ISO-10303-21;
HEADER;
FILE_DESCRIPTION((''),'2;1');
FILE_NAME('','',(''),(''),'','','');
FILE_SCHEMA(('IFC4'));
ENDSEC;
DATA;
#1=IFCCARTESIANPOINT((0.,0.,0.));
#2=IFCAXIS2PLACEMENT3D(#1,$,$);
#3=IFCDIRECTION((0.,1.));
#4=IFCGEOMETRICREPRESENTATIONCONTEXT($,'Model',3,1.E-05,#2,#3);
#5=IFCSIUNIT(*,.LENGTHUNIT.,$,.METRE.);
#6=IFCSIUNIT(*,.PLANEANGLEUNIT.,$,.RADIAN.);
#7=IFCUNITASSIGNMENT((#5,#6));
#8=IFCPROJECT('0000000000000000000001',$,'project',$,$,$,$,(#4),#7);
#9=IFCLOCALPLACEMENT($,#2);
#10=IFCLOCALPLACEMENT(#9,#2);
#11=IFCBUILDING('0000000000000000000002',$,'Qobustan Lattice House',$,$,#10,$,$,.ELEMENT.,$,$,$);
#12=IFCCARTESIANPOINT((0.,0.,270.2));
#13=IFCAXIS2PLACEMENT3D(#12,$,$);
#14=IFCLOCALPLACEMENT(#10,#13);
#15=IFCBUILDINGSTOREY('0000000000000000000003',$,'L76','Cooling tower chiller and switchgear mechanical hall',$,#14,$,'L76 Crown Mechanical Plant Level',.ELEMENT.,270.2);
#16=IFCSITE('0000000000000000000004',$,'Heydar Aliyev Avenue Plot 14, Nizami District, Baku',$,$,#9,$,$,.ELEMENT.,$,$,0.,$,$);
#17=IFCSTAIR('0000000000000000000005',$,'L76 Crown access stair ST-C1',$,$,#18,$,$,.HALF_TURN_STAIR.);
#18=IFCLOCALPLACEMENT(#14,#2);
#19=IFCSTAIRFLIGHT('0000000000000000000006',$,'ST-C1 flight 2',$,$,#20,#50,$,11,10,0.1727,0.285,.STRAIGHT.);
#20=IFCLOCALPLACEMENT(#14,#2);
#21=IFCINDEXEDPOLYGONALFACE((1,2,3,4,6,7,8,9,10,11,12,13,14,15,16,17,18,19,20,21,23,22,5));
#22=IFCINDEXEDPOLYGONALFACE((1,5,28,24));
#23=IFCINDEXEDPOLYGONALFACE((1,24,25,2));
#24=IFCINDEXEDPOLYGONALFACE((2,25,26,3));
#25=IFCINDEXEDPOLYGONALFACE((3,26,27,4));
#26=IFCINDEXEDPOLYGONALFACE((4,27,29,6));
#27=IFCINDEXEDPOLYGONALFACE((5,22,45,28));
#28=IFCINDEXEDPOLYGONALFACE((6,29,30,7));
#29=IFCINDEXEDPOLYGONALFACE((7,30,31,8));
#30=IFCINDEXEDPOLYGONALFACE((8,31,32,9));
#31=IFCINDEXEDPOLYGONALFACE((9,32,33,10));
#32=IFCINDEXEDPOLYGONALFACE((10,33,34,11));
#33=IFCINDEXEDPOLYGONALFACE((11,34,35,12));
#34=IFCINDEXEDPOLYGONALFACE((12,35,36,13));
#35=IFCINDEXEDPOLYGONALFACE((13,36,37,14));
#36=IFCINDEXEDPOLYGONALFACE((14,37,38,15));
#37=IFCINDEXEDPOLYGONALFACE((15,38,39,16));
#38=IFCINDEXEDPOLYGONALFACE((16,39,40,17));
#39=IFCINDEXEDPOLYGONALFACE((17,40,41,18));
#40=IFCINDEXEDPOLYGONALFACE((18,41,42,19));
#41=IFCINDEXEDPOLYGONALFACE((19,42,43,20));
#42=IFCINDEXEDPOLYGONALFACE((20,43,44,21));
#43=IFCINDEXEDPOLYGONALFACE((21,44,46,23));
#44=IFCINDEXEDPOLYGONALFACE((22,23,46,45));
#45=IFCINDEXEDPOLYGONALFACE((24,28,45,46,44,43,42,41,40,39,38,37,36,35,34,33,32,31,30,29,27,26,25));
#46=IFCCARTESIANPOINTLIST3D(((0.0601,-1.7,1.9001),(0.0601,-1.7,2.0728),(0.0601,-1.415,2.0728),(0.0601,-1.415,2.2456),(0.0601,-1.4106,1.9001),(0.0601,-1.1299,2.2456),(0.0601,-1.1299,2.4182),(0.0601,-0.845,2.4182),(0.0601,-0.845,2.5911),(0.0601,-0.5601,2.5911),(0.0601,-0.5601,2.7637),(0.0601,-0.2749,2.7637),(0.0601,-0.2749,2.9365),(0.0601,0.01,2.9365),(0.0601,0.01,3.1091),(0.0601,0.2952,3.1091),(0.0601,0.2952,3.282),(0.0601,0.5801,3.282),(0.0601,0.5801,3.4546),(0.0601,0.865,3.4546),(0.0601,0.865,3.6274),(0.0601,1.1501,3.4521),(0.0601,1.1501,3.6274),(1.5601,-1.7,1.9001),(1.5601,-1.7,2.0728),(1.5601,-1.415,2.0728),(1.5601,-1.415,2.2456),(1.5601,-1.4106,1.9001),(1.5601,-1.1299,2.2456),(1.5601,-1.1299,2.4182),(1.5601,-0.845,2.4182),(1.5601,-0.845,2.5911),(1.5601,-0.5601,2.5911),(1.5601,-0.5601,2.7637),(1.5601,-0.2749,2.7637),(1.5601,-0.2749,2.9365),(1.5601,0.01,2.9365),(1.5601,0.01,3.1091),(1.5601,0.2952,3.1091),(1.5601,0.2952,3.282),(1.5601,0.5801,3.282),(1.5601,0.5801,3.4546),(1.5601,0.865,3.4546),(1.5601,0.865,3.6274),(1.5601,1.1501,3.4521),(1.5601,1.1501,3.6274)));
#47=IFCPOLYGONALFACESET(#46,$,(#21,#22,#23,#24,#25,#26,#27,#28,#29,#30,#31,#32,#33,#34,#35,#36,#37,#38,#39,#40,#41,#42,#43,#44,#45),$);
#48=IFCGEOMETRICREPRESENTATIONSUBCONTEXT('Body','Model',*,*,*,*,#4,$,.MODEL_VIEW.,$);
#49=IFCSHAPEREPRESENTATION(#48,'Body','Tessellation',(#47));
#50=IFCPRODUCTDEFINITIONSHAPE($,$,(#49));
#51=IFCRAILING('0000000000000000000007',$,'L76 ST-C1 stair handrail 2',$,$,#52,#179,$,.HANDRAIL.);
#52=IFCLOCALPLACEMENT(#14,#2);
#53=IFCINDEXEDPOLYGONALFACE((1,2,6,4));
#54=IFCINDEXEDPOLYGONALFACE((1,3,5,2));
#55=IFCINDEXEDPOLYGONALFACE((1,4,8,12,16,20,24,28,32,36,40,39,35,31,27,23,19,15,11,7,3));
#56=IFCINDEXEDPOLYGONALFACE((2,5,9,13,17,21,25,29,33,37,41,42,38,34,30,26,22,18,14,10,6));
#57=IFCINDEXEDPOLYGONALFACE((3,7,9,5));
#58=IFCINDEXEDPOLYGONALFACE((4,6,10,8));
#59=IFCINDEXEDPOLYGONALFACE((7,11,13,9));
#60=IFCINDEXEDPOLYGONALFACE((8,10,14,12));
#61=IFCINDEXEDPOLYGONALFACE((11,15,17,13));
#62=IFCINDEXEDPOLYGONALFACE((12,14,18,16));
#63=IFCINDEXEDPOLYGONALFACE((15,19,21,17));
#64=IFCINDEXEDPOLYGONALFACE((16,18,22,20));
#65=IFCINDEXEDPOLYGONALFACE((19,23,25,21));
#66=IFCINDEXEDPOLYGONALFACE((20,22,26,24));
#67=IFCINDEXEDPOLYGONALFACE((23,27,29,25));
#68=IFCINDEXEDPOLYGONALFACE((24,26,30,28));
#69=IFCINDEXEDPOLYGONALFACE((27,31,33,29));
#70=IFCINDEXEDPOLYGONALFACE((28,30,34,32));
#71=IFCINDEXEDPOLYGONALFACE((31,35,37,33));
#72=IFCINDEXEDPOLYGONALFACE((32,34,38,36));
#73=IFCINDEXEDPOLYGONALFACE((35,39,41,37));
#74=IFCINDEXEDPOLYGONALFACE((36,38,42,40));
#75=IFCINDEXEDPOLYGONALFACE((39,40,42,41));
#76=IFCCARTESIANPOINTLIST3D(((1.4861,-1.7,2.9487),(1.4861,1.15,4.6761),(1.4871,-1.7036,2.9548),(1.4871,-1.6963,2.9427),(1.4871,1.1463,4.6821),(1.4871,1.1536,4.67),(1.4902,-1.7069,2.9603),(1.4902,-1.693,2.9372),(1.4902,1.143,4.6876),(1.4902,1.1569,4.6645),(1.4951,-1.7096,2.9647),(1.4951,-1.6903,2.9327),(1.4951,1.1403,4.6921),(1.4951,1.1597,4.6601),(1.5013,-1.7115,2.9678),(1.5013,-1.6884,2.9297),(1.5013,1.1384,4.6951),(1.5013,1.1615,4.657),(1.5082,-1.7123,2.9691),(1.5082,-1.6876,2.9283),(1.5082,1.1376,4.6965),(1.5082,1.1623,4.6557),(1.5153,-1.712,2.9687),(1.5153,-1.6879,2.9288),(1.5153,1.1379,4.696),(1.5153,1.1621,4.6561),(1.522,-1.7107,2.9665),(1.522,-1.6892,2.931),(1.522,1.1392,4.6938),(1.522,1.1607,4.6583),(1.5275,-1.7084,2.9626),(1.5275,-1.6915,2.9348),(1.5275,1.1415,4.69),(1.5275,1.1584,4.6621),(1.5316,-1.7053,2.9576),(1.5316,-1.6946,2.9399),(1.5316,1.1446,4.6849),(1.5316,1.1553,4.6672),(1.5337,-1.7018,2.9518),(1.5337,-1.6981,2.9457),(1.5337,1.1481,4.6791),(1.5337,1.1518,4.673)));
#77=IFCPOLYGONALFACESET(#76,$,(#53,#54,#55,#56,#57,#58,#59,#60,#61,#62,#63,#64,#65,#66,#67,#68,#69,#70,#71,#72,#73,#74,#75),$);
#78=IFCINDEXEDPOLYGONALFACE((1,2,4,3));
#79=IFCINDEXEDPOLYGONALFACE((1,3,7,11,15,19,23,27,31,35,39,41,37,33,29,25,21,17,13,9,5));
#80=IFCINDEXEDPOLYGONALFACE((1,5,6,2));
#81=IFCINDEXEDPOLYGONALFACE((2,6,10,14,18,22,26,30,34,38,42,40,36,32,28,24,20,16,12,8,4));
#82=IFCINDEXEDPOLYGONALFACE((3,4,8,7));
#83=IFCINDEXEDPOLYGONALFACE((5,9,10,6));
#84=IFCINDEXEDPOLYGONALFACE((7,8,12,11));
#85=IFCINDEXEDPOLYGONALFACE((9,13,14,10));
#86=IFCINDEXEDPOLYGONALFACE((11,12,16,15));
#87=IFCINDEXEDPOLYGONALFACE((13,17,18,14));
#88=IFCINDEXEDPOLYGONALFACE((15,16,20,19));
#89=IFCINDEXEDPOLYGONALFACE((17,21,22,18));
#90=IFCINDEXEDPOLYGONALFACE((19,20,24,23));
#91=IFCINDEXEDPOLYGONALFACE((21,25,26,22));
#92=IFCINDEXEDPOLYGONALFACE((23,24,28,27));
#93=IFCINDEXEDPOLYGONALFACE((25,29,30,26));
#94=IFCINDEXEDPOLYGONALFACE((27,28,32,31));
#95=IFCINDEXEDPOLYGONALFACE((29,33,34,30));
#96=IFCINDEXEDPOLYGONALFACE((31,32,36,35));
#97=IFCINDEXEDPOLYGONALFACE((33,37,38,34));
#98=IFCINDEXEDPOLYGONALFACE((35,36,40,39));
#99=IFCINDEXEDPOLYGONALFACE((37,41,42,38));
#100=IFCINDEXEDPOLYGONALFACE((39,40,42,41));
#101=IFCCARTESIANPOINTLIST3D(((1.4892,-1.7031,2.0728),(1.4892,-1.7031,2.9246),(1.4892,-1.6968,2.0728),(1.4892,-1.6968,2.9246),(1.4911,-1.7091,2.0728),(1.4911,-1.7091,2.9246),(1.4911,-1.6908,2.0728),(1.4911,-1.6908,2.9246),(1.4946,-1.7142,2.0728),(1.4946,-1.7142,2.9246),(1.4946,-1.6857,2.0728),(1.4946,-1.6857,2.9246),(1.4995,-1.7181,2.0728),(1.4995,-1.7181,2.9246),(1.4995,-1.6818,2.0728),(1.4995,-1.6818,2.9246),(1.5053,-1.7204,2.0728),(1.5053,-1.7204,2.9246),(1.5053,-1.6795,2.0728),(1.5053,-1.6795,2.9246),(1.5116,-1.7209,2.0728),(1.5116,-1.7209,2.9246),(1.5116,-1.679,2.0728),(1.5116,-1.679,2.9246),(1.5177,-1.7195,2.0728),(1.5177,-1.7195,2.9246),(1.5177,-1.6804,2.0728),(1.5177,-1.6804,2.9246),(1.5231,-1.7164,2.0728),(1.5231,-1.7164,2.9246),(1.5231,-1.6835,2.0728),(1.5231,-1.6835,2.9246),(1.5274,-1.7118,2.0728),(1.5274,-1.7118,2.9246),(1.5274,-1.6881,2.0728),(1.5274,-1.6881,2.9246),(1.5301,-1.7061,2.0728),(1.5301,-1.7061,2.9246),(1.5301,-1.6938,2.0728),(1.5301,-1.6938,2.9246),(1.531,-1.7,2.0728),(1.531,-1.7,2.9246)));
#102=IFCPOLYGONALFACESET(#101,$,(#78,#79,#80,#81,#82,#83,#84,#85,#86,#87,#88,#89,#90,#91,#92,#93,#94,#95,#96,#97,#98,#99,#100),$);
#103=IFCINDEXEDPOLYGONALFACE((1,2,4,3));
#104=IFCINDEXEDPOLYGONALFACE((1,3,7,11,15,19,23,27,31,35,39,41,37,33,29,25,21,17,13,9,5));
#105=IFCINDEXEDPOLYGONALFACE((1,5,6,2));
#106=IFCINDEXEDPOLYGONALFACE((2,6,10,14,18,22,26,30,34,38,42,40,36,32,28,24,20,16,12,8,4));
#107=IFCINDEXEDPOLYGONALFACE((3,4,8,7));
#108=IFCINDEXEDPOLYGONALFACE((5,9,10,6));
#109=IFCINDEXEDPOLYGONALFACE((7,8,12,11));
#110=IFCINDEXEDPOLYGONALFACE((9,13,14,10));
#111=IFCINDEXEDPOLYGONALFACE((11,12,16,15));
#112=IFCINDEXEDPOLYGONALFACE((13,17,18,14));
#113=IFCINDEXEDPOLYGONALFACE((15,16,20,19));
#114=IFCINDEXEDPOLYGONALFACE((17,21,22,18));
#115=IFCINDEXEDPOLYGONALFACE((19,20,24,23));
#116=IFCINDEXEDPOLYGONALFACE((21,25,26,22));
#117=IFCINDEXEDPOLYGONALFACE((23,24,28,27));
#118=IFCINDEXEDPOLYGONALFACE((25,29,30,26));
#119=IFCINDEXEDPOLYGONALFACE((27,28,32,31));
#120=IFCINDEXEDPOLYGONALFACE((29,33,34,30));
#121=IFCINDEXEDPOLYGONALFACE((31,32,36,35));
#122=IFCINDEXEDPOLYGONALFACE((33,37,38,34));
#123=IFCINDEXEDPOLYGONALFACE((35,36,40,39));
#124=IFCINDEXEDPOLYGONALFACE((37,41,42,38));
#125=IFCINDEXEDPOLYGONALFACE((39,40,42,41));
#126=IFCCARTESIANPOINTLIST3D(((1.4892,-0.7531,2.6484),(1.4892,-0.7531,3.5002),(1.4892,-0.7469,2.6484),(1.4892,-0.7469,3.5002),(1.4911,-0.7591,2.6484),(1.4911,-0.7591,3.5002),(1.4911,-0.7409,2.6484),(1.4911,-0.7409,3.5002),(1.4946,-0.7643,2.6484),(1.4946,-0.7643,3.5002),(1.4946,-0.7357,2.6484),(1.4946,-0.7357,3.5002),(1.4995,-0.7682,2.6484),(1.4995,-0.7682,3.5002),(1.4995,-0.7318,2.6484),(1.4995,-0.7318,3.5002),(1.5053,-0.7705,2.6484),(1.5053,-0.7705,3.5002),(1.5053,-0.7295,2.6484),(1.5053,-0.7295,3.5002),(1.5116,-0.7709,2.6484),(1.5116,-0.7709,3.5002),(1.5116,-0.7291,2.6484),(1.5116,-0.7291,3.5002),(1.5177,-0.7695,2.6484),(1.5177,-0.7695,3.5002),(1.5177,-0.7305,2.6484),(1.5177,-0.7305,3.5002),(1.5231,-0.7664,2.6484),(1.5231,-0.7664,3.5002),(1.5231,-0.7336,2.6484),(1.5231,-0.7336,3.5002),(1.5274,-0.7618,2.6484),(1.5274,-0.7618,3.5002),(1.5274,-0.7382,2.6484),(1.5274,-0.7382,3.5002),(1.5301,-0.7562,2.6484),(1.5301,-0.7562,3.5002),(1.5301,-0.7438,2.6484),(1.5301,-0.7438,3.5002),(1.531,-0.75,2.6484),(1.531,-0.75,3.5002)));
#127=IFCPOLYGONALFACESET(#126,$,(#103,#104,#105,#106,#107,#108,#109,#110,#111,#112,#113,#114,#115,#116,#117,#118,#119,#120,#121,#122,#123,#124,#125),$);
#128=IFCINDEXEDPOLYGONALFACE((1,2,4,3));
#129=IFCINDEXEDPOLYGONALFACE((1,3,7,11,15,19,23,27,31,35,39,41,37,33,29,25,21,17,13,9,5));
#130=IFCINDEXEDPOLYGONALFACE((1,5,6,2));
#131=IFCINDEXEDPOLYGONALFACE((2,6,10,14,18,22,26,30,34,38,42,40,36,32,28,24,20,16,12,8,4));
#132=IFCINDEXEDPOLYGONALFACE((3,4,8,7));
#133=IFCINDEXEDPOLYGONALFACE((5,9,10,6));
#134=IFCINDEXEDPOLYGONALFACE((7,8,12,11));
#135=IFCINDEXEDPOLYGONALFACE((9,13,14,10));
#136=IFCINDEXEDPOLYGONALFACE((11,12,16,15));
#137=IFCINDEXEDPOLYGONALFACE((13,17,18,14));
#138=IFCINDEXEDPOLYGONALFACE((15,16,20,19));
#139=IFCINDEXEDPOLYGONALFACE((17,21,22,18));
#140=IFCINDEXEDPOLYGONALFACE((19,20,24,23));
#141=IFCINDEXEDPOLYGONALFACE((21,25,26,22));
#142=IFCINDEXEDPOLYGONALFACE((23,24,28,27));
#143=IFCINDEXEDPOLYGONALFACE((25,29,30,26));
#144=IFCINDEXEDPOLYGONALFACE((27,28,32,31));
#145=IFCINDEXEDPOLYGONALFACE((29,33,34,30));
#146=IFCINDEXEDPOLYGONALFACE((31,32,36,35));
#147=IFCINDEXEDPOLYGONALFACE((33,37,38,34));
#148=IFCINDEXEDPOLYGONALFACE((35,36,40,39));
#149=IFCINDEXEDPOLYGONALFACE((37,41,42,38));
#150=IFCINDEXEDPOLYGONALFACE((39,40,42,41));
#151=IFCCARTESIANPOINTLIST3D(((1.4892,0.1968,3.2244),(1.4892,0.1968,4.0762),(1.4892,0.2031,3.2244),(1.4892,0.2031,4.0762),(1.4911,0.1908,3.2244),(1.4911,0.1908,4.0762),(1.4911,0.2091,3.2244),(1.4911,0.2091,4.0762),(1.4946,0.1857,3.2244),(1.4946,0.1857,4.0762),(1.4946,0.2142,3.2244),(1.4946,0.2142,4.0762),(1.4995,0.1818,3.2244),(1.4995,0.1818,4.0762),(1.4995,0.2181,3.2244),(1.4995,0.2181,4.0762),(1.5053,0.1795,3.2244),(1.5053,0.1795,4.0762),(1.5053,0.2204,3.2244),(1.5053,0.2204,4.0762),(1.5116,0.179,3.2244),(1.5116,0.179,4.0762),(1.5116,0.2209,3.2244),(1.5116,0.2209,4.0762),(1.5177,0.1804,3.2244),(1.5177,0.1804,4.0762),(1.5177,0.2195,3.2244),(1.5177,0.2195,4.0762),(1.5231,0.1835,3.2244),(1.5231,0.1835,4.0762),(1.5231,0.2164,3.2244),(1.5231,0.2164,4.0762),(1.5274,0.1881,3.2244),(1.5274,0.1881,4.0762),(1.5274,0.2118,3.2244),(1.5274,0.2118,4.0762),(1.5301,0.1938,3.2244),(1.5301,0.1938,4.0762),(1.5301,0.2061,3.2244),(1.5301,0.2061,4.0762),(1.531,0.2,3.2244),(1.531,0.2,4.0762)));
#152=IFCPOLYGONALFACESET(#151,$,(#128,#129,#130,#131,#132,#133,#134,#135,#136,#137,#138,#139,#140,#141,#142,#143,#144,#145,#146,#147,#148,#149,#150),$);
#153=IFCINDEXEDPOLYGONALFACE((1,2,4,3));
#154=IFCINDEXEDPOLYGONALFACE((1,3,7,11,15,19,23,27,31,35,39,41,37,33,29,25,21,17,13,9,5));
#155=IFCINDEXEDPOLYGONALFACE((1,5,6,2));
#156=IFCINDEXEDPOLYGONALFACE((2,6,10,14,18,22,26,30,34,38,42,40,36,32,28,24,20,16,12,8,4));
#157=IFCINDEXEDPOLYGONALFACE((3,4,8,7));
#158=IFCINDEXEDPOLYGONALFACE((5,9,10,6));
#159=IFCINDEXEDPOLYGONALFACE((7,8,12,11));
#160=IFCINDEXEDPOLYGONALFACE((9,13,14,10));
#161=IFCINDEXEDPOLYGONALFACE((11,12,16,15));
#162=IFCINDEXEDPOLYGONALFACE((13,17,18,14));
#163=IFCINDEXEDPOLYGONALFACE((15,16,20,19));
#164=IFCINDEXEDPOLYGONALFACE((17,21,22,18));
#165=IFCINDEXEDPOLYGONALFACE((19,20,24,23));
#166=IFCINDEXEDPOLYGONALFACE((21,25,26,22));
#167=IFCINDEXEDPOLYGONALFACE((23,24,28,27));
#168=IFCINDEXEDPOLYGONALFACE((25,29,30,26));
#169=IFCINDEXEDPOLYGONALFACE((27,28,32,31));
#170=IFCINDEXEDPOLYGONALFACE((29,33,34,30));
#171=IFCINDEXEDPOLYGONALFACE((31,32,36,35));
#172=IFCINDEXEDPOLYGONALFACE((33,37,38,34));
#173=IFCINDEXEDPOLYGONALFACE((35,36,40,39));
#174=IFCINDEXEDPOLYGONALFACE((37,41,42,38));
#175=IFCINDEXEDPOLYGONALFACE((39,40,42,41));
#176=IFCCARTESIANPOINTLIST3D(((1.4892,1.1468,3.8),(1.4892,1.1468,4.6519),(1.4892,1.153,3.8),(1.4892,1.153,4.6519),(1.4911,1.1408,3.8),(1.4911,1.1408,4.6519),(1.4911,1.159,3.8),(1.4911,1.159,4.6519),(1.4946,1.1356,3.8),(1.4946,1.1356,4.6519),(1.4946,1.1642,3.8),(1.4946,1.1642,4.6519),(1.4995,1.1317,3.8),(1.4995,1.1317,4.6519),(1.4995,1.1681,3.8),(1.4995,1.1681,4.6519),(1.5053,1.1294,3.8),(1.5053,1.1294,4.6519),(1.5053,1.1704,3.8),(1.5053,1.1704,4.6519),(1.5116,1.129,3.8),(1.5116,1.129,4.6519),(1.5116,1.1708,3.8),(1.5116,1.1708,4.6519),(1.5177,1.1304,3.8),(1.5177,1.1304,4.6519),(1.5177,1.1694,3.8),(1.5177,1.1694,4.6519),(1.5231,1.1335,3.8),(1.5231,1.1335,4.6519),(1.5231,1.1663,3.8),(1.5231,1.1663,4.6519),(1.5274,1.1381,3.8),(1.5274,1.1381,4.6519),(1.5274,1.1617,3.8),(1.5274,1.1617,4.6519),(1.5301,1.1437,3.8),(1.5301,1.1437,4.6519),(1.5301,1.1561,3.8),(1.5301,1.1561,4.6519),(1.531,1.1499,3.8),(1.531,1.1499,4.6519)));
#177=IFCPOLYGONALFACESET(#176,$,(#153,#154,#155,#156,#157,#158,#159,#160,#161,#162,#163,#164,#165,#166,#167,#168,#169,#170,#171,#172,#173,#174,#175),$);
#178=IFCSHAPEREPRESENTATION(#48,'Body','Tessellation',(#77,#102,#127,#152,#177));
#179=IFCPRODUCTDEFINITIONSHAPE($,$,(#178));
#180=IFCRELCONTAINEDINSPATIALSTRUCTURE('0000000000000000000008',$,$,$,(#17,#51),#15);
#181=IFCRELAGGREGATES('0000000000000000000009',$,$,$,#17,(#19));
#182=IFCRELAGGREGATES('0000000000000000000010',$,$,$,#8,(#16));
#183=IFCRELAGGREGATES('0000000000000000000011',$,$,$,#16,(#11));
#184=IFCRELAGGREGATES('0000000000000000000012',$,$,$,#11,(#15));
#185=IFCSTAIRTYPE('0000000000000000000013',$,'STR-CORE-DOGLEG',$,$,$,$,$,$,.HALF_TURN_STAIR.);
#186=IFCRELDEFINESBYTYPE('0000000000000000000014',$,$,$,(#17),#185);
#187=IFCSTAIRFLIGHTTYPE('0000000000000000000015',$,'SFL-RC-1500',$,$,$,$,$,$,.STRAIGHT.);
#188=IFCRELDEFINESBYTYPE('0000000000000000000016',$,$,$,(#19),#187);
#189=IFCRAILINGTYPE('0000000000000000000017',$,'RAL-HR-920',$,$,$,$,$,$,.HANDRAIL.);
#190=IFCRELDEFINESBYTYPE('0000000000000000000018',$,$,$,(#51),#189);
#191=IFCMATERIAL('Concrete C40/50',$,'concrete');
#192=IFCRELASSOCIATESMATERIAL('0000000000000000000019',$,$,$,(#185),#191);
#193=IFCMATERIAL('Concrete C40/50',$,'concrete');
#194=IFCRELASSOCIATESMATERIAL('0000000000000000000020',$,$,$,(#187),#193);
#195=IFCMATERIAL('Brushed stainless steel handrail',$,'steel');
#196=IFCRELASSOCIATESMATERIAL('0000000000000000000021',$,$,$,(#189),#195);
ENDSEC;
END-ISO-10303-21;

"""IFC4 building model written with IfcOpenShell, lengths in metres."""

from ifc_helpers import new_model, si_unit, direction, frame, origin, origin_2d, place, context, subcontext, project, spatial, polyline, circle, outline, extrude, material, type_object, element, aggregate, save


model = new_model("IFC4")

# Units and contexts
model_context = context("Model", 3, precision=1e-05, world=origin(), true_north=direction((0.0, 1.0)))
body_context = subcontext(model_context, "Body", "Model", "MODEL_VIEW")
ifc_project = project(units=[si_unit("LENGTHUNIT", "METRE"), si_unit("PLANEANGLEUNIT", "RADIAN")], contexts=[model_context])

# Site, building, storey
site_placement = place(None, origin())
site = spatial("IfcSite", under=ifc_project, at=site_placement, Name="Heydar Aliyev Avenue Plot 14, Nizami District, Baku", CompositionType="ELEMENT", RefElevation=0.0)
building_placement = place(site_placement, origin())
building = spatial("IfcBuilding", under=site, at=building_placement, Name="Qobustan Lattice House", CompositionType="ELEMENT")
storey_placement = place(building_placement, frame((0.0, 0.0, 270.2)))
storey = spatial("IfcBuildingStorey", under=building, at=storey_placement, Name="L76", Description="Cooling tower chiller and switchgear mechanical hall", LongName="L76 Crown Mechanical Plant Level", CompositionType="ELEMENT", Elevation=270.2)

# Stair, stair flight
ifc_material_1 = material(Name="Concrete C40/50", Category="concrete")
stair_type = type_object("IfcStairType", Name="STR-CORE-DOGLEG", PredefinedType="HALF_TURN_STAIR", material=ifc_material_1)
stair_placement = place(storey_placement, origin())
stair = element("IfcStair", 1, at=stair_placement, inside=storey, type_object=stair_type, Name="L76 Crown access stair ST-C1", PredefinedType="HALF_TURN_STAIR")
ifc_material_2 = material(Name="Concrete C40/50", Category="concrete")
stair_flight_type = type_object("IfcStairFlightType", Name="SFL-RC-1500", PredefinedType="STRAIGHT", material=ifc_material_2)
stair_flight_placement = place(storey_placement, frame((0.8101, -1.7, 1.9001), z_axis=(0.0, 0.0, 1.0), x_axis=(0.0, 1.0, 0.0)))
stair_flight = element("IfcStairFlight", 2, at=stair_flight_placement, type_object=stair_flight_type, Name="ST-C1 flight 2", NumberOfRisers=11, NumberOfTreads=10, PredefinedType="STRAIGHT", RiserHeight=0.1727, TreadLength=0.285, context=body_context, shape_type="SweptSolid", body=[
    extrude(outline(polyline([(0.0, 0.0), (0.0, 0.1726), (0.2849, 0.1726), (0.2849, 0.3455), (0.5701, 0.3455), (0.5701, 0.5181), (0.855, 0.5181), (0.855, 0.6909), (1.1399, 0.6909), (1.1399, 0.8635), (1.425, 0.8635), (1.425, 1.0364), (1.71, 1.0364), (1.71, 1.209), (1.9951, 1.209), (1.9951, 1.3818), (2.28, 1.3818), (2.28, 1.5544), (2.5649, 1.5544), (2.5649, 1.7273), (2.8501, 1.7273), (2.8501, 1.8999), (2.8501, 1.552), (0.2893, 0.0), (0.0, 0.0)])), frame((0.0, 0.75, 0.0), z_axis=(0.0, -1.0, 0.0), x_axis=(1.0, 0.0, 0.0)), (0.0, 0.0, 1.0), 1.5),
])
aggregate(stair, [stair_flight])

# Railing
ifc_material_3 = material(Name="Brushed stainless steel handrail", Category="steel")
railing_type_1 = type_object("IfcRailingType", Name="RAL-HR-920", PredefinedType="HANDRAIL", material=ifc_material_3)
railing_1_placement = place(storey_placement, frame((1.51, -1.7, 2.0728)))
element("IfcRailing", 3, at=railing_1_placement, inside=storey, type_object=railing_type_1, Name="L76 ST-C1 stair handrail 2", PredefinedType="HANDRAIL", context=body_context, shape_type="SweptSolid", body=[
    extrude(circle(Radius=0.0239, at=origin_2d()), frame((0.0, 0.0, 0.876), z_axis=(0.0, 0.855183, 0.518326), x_axis=(-1.0, 0.0, 0.0)), (0.0, 0.0, 1.0), 3.3325),
    extrude(circle(Radius=0.021, at=origin_2d()), origin(), (0.0, 0.0, 1.0), 0.8518),
    extrude(circle(Radius=0.021, at=origin_2d()), frame((0.0, 0.95, 0.5757)), (0.0, 0.0, 1.0), 0.8518),
    extrude(circle(Radius=0.021, at=origin_2d()), frame((0.0, 1.8999, 1.1516)), (0.0, 0.0, 1.0), 0.8518),
    extrude(circle(Radius=0.021, at=origin_2d()), frame((0.0, 2.8499, 1.7273)), (0.0, 0.0, 1.0), 0.8518),
])

save(model, "model.ifc")
